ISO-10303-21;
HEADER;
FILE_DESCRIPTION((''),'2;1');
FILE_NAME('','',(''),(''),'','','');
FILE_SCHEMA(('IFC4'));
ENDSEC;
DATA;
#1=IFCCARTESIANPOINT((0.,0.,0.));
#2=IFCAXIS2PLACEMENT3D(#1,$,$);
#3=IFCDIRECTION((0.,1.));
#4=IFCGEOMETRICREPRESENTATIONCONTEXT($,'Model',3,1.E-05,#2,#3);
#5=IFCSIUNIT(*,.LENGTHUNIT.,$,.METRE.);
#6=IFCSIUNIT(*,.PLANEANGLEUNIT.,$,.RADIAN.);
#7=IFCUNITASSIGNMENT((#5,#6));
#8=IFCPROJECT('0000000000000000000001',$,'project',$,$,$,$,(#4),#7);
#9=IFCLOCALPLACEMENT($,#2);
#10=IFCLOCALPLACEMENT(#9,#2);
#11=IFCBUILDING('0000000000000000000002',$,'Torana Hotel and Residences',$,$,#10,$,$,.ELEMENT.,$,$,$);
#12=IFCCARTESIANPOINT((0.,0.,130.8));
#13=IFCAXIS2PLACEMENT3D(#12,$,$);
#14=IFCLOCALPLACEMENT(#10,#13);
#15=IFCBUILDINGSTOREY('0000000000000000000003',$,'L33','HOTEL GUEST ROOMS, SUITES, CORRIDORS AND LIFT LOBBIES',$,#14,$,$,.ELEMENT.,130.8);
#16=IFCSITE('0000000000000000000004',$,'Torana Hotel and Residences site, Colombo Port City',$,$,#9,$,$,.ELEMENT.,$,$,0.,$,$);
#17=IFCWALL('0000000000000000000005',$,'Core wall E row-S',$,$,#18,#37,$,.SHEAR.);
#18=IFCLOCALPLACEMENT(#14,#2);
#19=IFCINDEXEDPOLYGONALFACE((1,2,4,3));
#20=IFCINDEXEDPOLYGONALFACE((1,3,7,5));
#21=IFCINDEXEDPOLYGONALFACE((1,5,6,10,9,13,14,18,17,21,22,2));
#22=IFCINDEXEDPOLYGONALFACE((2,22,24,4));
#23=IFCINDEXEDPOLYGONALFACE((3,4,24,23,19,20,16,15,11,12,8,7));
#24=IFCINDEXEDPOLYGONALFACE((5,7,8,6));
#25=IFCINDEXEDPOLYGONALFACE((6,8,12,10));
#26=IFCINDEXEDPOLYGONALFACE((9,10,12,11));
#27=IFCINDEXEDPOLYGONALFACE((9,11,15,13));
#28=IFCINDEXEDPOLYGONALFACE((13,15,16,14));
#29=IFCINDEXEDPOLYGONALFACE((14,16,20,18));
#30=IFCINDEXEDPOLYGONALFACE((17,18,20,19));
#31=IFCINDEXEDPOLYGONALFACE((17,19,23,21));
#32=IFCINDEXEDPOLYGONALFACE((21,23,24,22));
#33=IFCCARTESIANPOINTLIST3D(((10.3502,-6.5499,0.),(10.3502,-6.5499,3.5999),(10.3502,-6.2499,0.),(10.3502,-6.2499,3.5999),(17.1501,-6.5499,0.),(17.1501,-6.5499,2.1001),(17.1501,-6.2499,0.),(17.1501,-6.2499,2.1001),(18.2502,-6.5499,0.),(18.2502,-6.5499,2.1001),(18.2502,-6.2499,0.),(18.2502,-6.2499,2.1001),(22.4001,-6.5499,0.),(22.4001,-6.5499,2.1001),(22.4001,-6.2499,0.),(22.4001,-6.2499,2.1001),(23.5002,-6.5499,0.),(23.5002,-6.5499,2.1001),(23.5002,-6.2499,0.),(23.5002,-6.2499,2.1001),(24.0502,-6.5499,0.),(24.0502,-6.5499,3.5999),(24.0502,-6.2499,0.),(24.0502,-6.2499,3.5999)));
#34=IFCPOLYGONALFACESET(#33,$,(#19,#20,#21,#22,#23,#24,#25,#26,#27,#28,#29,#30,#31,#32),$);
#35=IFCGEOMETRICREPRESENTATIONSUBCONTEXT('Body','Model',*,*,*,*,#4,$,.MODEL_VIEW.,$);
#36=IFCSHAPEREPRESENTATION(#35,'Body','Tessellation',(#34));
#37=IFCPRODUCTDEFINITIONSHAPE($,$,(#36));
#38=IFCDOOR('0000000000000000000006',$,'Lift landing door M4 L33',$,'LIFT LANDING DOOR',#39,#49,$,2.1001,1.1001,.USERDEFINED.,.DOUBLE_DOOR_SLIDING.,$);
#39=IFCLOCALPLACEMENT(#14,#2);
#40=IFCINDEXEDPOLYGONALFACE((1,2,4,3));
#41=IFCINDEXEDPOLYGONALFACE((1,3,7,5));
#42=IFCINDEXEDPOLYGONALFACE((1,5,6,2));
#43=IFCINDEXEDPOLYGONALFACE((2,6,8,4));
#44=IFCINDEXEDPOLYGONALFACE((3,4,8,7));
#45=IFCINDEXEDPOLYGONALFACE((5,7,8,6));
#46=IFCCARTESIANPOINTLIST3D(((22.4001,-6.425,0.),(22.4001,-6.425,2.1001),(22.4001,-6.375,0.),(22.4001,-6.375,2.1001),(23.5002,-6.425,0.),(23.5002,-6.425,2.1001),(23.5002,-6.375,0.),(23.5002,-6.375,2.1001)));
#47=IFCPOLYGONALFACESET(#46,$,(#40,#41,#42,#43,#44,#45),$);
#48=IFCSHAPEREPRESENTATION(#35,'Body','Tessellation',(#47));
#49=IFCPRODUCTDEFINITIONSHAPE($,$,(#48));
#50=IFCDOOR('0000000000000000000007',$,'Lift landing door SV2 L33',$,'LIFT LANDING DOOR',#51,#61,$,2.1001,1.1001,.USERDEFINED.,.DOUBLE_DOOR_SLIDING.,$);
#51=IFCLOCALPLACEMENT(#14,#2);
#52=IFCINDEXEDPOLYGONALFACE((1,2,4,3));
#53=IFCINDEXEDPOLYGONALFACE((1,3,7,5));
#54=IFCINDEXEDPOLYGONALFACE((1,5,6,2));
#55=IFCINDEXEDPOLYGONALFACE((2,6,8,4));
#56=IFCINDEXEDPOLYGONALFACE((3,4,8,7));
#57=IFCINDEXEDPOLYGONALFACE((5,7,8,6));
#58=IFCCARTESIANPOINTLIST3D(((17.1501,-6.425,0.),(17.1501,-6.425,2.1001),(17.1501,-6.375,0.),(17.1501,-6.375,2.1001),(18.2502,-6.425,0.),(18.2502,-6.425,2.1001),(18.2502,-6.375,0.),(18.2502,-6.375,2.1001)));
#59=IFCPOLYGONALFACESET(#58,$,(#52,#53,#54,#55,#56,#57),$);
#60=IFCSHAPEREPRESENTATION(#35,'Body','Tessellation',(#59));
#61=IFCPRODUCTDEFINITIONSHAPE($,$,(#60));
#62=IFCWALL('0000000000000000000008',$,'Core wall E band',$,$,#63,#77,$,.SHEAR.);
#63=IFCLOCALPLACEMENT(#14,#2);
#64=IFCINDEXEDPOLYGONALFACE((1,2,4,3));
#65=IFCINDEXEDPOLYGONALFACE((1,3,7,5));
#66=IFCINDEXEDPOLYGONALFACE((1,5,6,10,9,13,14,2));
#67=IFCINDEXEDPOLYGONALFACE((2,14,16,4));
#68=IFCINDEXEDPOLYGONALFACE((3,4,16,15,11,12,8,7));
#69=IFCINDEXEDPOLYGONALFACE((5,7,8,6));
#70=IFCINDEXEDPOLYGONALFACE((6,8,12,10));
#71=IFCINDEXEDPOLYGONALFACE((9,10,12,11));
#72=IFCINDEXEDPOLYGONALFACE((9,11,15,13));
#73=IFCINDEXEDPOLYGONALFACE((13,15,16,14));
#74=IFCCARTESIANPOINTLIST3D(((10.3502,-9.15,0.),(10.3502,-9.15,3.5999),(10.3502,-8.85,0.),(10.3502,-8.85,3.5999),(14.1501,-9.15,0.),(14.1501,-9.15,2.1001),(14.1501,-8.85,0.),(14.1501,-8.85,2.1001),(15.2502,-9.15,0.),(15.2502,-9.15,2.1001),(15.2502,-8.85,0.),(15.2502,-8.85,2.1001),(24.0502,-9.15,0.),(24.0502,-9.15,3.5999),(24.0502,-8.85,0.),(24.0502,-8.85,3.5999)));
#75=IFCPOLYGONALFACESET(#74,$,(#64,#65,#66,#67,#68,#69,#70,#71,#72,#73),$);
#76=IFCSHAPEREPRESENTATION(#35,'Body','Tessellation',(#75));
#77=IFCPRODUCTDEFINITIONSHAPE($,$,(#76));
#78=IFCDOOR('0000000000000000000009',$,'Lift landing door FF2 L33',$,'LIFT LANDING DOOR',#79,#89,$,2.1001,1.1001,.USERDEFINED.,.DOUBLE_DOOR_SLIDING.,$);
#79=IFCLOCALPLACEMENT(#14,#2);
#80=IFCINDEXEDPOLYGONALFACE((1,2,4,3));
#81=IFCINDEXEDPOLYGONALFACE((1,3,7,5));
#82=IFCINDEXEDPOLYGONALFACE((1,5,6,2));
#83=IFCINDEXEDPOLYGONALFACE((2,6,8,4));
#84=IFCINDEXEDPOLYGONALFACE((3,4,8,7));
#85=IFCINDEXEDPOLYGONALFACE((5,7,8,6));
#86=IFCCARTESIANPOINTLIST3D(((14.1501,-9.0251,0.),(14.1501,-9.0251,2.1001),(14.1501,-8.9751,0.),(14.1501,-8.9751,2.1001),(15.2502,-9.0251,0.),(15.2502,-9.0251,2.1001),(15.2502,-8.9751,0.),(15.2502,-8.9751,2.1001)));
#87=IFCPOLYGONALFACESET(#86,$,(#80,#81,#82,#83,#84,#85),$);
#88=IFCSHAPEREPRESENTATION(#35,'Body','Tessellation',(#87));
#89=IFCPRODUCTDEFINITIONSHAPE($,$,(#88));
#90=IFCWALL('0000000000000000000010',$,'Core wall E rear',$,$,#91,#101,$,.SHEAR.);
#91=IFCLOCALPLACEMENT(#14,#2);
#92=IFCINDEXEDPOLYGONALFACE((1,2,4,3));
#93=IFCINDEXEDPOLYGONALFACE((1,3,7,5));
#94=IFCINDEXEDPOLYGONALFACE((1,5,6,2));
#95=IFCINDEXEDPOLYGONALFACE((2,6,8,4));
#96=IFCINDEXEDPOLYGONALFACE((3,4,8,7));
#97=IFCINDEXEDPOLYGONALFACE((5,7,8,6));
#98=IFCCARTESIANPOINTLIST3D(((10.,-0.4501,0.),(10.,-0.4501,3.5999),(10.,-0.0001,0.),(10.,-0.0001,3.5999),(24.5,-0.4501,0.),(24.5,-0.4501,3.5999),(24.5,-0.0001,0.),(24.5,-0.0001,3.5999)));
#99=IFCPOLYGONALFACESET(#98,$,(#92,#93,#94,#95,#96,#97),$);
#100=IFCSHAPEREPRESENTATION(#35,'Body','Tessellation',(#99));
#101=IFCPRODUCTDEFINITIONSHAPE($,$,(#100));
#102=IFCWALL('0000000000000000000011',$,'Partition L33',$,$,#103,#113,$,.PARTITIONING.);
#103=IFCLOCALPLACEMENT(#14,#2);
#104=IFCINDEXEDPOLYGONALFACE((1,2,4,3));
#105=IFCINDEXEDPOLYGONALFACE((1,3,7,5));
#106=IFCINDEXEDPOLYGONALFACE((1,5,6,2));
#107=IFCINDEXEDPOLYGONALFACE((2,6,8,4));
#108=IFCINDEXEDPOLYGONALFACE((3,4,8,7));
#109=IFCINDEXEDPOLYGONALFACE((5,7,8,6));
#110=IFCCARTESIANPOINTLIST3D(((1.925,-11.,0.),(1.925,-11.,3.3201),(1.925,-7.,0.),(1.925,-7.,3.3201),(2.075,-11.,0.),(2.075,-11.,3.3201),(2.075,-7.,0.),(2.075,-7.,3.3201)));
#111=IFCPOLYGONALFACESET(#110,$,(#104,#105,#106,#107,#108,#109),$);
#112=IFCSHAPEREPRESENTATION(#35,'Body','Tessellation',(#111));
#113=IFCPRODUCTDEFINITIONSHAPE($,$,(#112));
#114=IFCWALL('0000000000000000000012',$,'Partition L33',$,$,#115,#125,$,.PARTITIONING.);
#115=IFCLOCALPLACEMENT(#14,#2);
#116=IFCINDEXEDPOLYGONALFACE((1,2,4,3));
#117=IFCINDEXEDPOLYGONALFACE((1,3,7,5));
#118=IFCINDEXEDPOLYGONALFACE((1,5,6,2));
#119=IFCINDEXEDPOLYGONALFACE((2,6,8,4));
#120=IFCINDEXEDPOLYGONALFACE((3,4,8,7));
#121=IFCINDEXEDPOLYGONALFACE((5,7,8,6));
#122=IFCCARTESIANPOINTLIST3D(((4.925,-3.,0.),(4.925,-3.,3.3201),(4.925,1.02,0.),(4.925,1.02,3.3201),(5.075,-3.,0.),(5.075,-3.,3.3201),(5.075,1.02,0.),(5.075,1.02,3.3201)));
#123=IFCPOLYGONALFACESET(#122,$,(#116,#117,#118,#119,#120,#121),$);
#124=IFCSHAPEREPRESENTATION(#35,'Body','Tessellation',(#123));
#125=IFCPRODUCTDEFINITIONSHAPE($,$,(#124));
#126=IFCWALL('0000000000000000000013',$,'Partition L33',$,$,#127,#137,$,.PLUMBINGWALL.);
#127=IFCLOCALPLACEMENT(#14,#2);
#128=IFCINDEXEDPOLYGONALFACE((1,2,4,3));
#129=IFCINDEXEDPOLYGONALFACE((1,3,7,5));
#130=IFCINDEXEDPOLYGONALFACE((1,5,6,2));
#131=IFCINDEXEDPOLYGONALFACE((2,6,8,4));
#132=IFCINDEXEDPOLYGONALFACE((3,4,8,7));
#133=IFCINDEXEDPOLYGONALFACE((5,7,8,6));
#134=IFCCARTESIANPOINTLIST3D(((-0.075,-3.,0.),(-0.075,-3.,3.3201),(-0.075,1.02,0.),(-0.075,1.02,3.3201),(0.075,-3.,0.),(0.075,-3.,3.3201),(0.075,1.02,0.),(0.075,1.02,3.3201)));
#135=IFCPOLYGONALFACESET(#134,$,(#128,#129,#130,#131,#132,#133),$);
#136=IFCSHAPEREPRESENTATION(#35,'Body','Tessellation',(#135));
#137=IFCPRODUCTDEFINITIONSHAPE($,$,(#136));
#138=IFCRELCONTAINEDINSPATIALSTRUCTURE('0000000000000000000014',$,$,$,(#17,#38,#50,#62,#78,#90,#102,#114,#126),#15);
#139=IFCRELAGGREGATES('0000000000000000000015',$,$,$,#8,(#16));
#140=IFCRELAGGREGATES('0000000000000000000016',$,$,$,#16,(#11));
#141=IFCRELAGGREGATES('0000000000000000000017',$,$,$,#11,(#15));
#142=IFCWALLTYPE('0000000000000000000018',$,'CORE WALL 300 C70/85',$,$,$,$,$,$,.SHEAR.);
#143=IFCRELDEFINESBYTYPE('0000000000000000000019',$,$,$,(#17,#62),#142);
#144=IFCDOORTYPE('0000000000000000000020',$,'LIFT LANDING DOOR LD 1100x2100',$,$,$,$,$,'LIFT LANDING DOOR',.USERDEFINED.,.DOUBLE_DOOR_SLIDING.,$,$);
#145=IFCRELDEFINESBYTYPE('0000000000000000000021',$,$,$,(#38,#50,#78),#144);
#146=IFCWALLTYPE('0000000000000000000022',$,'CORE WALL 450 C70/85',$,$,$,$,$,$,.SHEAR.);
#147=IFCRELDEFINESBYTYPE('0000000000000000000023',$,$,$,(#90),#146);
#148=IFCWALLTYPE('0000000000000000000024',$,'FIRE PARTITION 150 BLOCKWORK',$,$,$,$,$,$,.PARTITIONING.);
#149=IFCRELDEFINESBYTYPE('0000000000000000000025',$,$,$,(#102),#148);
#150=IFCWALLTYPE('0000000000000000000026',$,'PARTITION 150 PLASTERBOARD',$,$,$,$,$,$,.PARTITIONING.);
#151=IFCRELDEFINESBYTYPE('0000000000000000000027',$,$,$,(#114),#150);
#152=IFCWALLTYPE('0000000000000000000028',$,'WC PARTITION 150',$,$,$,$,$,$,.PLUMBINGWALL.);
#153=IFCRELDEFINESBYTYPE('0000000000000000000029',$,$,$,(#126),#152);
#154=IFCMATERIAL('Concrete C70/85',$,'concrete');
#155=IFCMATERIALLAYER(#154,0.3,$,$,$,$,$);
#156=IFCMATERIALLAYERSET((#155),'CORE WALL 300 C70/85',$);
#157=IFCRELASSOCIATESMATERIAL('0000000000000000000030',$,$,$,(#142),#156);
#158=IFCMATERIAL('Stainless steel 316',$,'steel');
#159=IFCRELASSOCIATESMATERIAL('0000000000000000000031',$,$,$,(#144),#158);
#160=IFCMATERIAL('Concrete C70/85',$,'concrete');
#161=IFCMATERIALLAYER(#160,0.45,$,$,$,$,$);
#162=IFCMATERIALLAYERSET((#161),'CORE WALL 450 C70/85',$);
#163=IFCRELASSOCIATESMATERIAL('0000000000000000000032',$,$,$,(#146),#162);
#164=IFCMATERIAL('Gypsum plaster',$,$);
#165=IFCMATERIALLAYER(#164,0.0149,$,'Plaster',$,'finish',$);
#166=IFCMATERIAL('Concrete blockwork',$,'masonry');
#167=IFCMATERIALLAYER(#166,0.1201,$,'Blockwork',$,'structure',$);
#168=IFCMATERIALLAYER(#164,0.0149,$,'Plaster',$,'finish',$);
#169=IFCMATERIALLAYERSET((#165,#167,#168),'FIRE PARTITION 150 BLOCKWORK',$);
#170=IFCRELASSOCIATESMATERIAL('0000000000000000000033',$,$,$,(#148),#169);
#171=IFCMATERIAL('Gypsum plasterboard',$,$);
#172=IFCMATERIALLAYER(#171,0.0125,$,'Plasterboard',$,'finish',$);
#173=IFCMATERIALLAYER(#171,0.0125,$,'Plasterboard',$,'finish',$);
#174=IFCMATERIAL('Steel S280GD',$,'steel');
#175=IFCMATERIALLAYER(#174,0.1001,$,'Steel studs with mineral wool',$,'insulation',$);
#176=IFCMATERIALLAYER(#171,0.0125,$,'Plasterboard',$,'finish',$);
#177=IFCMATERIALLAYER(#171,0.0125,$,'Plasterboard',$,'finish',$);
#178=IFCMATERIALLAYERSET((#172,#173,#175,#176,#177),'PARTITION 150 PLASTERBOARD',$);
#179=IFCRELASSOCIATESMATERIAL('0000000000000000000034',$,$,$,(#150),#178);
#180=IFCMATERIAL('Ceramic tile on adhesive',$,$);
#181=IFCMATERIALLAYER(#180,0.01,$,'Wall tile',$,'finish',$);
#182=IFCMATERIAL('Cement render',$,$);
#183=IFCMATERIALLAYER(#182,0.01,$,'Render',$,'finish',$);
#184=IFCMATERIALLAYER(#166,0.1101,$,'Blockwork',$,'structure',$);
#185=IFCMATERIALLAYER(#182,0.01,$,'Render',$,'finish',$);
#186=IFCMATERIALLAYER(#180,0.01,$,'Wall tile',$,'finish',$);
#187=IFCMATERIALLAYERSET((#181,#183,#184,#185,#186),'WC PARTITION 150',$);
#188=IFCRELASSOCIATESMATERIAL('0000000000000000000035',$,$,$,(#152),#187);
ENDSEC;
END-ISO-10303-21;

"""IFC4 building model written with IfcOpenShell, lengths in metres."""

from ifc_helpers import new_model, si_unit, direction, frame, frame_2d, origin, place, context, subcontext, project, spatial, rectangle, extrude, material, layer, layer_set, type_object, element, fill, save


model = new_model("IFC4")

# Units and contexts
model_context = context("Model", 3, precision=1e-05, world=origin(), true_north=direction((0.0, 1.0)))
body_context = subcontext(model_context, "Body", "Model", "MODEL_VIEW")
ifc_project = project(units=[si_unit("LENGTHUNIT", "METRE"), si_unit("PLANEANGLEUNIT", "RADIAN")], contexts=[model_context])

# Site, building, storey
site_placement = place(None, origin())
site = spatial("IfcSite", under=ifc_project, at=site_placement, Name="Torana Hotel and Residences site, Colombo Port City", CompositionType="ELEMENT", RefElevation=0.0)
building_placement = place(site_placement, origin())
building = spatial("IfcBuilding", under=site, at=building_placement, Name="Torana Hotel and Residences", CompositionType="ELEMENT")
storey_placement = place(building_placement, frame((0.0, 0.0, 130.8)))
storey = spatial("IfcBuildingStorey", under=building, at=storey_placement, Name="L33", Description="HOTEL GUEST ROOMS, SUITES, CORRIDORS AND LIFT LOBBIES", CompositionType="ELEMENT", Elevation=130.8)

# Wall, openings, doors
ifc_material_1 = material(Name="Concrete C70/85", Category="concrete")
ifc_layer_1 = layer(ifc_material_1, 0.3)
ifc_layer_set_1 = layer_set([ifc_layer_1], Name="CORE WALL 300 C70/85")
wall_type_1 = type_object("IfcWallType", Name="CORE WALL 300 C70/85", PredefinedType="SHEAR", material=ifc_layer_set_1)
ifc_material_2 = material(Name="Stainless steel 316", Category="steel")
door_type_1 = type_object("IfcDoorType", Name="LIFT LANDING DOOR LD 1100x2100", ElementType="LIFT LANDING DOOR", OperationType="DOUBLE_DOOR_SLIDING", PredefinedType="USERDEFINED", material=ifc_material_2)
wall_1_placement = place(storey_placement, frame((10.3501, -6.3999, 0.0), z_axis=(0.0, 0.0, 1.0), x_axis=(1.0, 0.0, 0.0)))
wall_1 = element("IfcWall", 1, at=wall_1_placement, inside=storey, type_object=wall_type_1, Name="Core wall E row-S", PredefinedType="SHEAR", context=body_context, shape_type="SweptSolid", body=[
    extrude(rectangle(XDim=13.7, YDim=0.3, at=frame_2d((6.8501, 0.0))), origin(), (0.0, 0.0, 1.0), 3.5999),
])
opening_1_placement = place(wall_1_placement, frame((12.05, 0.0, 0.0)))
opening_1 = element("IfcOpeningElement", 2, at=opening_1_placement, cuts=wall_1, PredefinedType="OPENING", context=body_context, shape_type="SweptSolid", body=[
    extrude(rectangle(XDim=1.1001, YDim=2.1001, at=frame_2d((0.55, 1.05))), frame((0.0, 0.1599, 0.0), z_axis=(0.0, -1.0, 0.0), x_axis=(1.0, 0.0, 0.0)), (0.0, 0.0, 1.0), 0.3201),
])
opening_2_placement = place(wall_1_placement, frame((6.8, 0.0, 0.0)))
opening_2 = element("IfcOpeningElement", 3, at=opening_2_placement, cuts=wall_1, PredefinedType="OPENING", context=body_context, shape_type="SweptSolid", body=[
    extrude(rectangle(XDim=1.1001, YDim=2.1001, at=frame_2d((0.55, 1.05))), frame((0.0, 0.1599, 0.0), z_axis=(0.0, -1.0, 0.0), x_axis=(1.0, 0.0, 0.0)), (0.0, 0.0, 1.0), 0.3201),
])
door_1_placement = place(opening_1_placement, origin())
door_1 = element("IfcDoor", 4, at=door_1_placement, inside=storey, type_object=door_type_1, Name="Lift landing door M4 L33", ObjectType="LIFT LANDING DOOR", OperationType="DOUBLE_DOOR_SLIDING", OverallHeight=2.1001, OverallWidth=1.1001, PredefinedType="USERDEFINED", context=body_context, shape_type="SweptSolid", body=[
    extrude(rectangle(XDim=1.1001, YDim=2.1001, at=frame_2d((0.55, 1.05))), frame((0.0, 0.0249, 0.0), z_axis=(0.0, -1.0, 0.0), x_axis=(1.0, 0.0, 0.0)), (0.0, 0.0, 1.0), 0.05),
])
fill(opening_1, door_1)
door_2_placement = place(opening_2_placement, origin())
door_2 = element("IfcDoor", 5, at=door_2_placement, inside=storey, type_object=door_type_1, Name="Lift landing door SV2 L33", ObjectType="LIFT LANDING DOOR", OperationType="DOUBLE_DOOR_SLIDING", OverallHeight=2.1001, OverallWidth=1.1001, PredefinedType="USERDEFINED", context=body_context, shape_type="SweptSolid", body=[
    extrude(rectangle(XDim=1.1001, YDim=2.1001, at=frame_2d((0.55, 1.05))), frame((0.0, 0.0249, 0.0), z_axis=(0.0, -1.0, 0.0), x_axis=(1.0, 0.0, 0.0)), (0.0, 0.0, 1.0), 0.05),
])
fill(opening_2, door_2)

# Wall, opening, door
wall_2_placement = place(storey_placement, frame((10.3501, -9.0, 0.0), z_axis=(0.0, 0.0, 1.0), x_axis=(1.0, 0.0, 0.0)))
wall_2 = element("IfcWall", 6, at=wall_2_placement, inside=storey, type_object=wall_type_1, Name="Core wall E band", PredefinedType="SHEAR", context=body_context, shape_type="SweptSolid", body=[
    extrude(rectangle(XDim=13.7, YDim=0.3, at=frame_2d((6.8501, 0.0))), origin(), (0.0, 0.0, 1.0), 3.5999),
])
opening_3_placement = place(wall_2_placement, frame((3.8, 0.0, 0.0)))
opening_3 = element("IfcOpeningElement", 7, at=opening_3_placement, cuts=wall_2, PredefinedType="OPENING", context=body_context, shape_type="SweptSolid", body=[
    extrude(rectangle(XDim=1.1001, YDim=2.1001, at=frame_2d((0.55, 1.05))), frame((0.0, 0.1599, 0.0), z_axis=(0.0, -1.0, 0.0), x_axis=(1.0, 0.0, 0.0)), (0.0, 0.0, 1.0), 0.3201),
])
door_3_placement = place(opening_3_placement, origin())
door_3 = element("IfcDoor", 8, at=door_3_placement, inside=storey, type_object=door_type_1, Name="Lift landing door FF2 L33", ObjectType="LIFT LANDING DOOR", OperationType="DOUBLE_DOOR_SLIDING", OverallHeight=2.1001, OverallWidth=1.1001, PredefinedType="USERDEFINED", context=body_context, shape_type="SweptSolid", body=[
    extrude(rectangle(XDim=1.1001, YDim=2.1001, at=frame_2d((0.55, 1.05))), frame((0.0, 0.0249, 0.0), z_axis=(0.0, -1.0, 0.0), x_axis=(1.0, 0.0, 0.0)), (0.0, 0.0, 1.0), 0.05),
])
fill(opening_3, door_3)

# Walls
ifc_material_3 = material(Name="Concrete C70/85", Category="concrete")
ifc_layer_2 = layer(ifc_material_3, 0.45)
ifc_layer_set_2 = layer_set([ifc_layer_2], Name="CORE WALL 450 C70/85")
wall_type_2 = type_object("IfcWallType", Name="CORE WALL 450 C70/85", PredefinedType="SHEAR", material=ifc_layer_set_2)
wall_3_placement = place(storey_placement, frame((10.0, -0.2251, 0.0), z_axis=(0.0, 0.0, 1.0), x_axis=(1.0, 0.0, 0.0)))
element("IfcWall", 9, at=wall_3_placement, inside=storey, type_object=wall_type_2, Name="Core wall E rear", PredefinedType="SHEAR", context=body_context, shape_type="SweptSolid", body=[
    extrude(rectangle(XDim=14.5, YDim=0.45, at=frame_2d((7.25, 0.0))), origin(), (0.0, 0.0, 1.0), 3.5999),
])
ifc_material_4 = material(Name="Gypsum plaster")
ifc_layer_3 = layer(ifc_material_4, 0.0149, Name="Plaster", Category="finish")
ifc_material_5 = material(Name="Concrete blockwork", Category="masonry")
ifc_layer_4 = layer(ifc_material_5, 0.1201, Name="Blockwork", Category="structure")
ifc_layer_5 = layer(ifc_material_4, 0.0149, Name="Plaster", Category="finish")
ifc_layer_set_3 = layer_set([ifc_layer_3, ifc_layer_4, ifc_layer_5], Name="FIRE PARTITION 150 BLOCKWORK")
wall_type_3 = type_object("IfcWallType", Name="FIRE PARTITION 150 BLOCKWORK", PredefinedType="PARTITIONING", material=ifc_layer_set_3)
wall_4_placement = place(storey_placement, frame((2.0, -11.0, 0.0), z_axis=(0.0, 0.0, 1.0), x_axis=(0.0, 1.0, 0.0)))
element("IfcWall", 10, at=wall_4_placement, inside=storey, type_object=wall_type_3, Name="Partition L33", PredefinedType="PARTITIONING", context=body_context, shape_type="SweptSolid", body=[
    extrude(rectangle(XDim=4.0, YDim=0.1499, at=frame_2d((2.0, 0.0))), origin(), (0.0, 0.0, 1.0), 3.3201),
])
ifc_material_6 = material(Name="Gypsum plasterboard")
ifc_layer_6 = layer(ifc_material_6, 0.0125, Name="Plasterboard", Category="finish")
ifc_layer_7 = layer(ifc_material_6, 0.0125, Name="Plasterboard", Category="finish")
ifc_material_7 = material(Name="Steel S280GD", Category="steel")
ifc_layer_8 = layer(ifc_material_7, 0.1001, Name="Steel studs with mineral wool", Category="insulation")
ifc_layer_9 = layer(ifc_material_6, 0.0125, Name="Plasterboard", Category="finish")
ifc_layer_10 = layer(ifc_material_6, 0.0125, Name="Plasterboard", Category="finish")
ifc_layer_set_4 = layer_set([ifc_layer_6, ifc_layer_7, ifc_layer_8, ifc_layer_9, ifc_layer_10], Name="PARTITION 150 PLASTERBOARD")
wall_type_4 = type_object("IfcWallType", Name="PARTITION 150 PLASTERBOARD", PredefinedType="PARTITIONING", material=ifc_layer_set_4)
wall_5_placement = place(storey_placement, frame((5.0, -3.0, 0.0), z_axis=(0.0, 0.0, 1.0), x_axis=(0.0, 1.0, 0.0)))
element("IfcWall", 11, at=wall_5_placement, inside=storey, type_object=wall_type_4, Name="Partition L33", PredefinedType="PARTITIONING", context=body_context, shape_type="SweptSolid", body=[
    extrude(rectangle(XDim=4.02, YDim=0.1499, at=frame_2d((2.01, 0.0))), origin(), (0.0, 0.0, 1.0), 3.3201),
])
ifc_material_8 = material(Name="Ceramic tile on adhesive")
ifc_layer_11 = layer(ifc_material_8, 0.01, Name="Wall tile", Category="finish")
ifc_material_9 = material(Name="Cement render")
ifc_layer_12 = layer(ifc_material_9, 0.01, Name="Render", Category="finish")
ifc_layer_13 = layer(ifc_material_5, 0.1101, Name="Blockwork", Category="structure")
ifc_layer_14 = layer(ifc_material_9, 0.01, Name="Render", Category="finish")
ifc_layer_15 = layer(ifc_material_8, 0.01, Name="Wall tile", Category="finish")
ifc_layer_set_5 = layer_set([ifc_layer_11, ifc_layer_12, ifc_layer_13, ifc_layer_14, ifc_layer_15], Name="WC PARTITION 150")
wall_type_5 = type_object("IfcWallType", Name="WC PARTITION 150", PredefinedType="PLUMBINGWALL", material=ifc_layer_set_5)
wall_6_placement = place(storey_placement, frame((0.0, -3.0, 0.0), z_axis=(0.0, 0.0, 1.0), x_axis=(0.0, 1.0, 0.0)))
element("IfcWall", 12, at=wall_6_placement, inside=storey, type_object=wall_type_5, Name="Partition L33", PredefinedType="PLUMBINGWALL", context=body_context, shape_type="SweptSolid", body=[
    extrude(rectangle(XDim=4.02, YDim=0.1499, at=frame_2d((2.01, 0.0))), origin(), (0.0, 0.0, 1.0), 3.3201),
])

save(model, "model.ifc")
